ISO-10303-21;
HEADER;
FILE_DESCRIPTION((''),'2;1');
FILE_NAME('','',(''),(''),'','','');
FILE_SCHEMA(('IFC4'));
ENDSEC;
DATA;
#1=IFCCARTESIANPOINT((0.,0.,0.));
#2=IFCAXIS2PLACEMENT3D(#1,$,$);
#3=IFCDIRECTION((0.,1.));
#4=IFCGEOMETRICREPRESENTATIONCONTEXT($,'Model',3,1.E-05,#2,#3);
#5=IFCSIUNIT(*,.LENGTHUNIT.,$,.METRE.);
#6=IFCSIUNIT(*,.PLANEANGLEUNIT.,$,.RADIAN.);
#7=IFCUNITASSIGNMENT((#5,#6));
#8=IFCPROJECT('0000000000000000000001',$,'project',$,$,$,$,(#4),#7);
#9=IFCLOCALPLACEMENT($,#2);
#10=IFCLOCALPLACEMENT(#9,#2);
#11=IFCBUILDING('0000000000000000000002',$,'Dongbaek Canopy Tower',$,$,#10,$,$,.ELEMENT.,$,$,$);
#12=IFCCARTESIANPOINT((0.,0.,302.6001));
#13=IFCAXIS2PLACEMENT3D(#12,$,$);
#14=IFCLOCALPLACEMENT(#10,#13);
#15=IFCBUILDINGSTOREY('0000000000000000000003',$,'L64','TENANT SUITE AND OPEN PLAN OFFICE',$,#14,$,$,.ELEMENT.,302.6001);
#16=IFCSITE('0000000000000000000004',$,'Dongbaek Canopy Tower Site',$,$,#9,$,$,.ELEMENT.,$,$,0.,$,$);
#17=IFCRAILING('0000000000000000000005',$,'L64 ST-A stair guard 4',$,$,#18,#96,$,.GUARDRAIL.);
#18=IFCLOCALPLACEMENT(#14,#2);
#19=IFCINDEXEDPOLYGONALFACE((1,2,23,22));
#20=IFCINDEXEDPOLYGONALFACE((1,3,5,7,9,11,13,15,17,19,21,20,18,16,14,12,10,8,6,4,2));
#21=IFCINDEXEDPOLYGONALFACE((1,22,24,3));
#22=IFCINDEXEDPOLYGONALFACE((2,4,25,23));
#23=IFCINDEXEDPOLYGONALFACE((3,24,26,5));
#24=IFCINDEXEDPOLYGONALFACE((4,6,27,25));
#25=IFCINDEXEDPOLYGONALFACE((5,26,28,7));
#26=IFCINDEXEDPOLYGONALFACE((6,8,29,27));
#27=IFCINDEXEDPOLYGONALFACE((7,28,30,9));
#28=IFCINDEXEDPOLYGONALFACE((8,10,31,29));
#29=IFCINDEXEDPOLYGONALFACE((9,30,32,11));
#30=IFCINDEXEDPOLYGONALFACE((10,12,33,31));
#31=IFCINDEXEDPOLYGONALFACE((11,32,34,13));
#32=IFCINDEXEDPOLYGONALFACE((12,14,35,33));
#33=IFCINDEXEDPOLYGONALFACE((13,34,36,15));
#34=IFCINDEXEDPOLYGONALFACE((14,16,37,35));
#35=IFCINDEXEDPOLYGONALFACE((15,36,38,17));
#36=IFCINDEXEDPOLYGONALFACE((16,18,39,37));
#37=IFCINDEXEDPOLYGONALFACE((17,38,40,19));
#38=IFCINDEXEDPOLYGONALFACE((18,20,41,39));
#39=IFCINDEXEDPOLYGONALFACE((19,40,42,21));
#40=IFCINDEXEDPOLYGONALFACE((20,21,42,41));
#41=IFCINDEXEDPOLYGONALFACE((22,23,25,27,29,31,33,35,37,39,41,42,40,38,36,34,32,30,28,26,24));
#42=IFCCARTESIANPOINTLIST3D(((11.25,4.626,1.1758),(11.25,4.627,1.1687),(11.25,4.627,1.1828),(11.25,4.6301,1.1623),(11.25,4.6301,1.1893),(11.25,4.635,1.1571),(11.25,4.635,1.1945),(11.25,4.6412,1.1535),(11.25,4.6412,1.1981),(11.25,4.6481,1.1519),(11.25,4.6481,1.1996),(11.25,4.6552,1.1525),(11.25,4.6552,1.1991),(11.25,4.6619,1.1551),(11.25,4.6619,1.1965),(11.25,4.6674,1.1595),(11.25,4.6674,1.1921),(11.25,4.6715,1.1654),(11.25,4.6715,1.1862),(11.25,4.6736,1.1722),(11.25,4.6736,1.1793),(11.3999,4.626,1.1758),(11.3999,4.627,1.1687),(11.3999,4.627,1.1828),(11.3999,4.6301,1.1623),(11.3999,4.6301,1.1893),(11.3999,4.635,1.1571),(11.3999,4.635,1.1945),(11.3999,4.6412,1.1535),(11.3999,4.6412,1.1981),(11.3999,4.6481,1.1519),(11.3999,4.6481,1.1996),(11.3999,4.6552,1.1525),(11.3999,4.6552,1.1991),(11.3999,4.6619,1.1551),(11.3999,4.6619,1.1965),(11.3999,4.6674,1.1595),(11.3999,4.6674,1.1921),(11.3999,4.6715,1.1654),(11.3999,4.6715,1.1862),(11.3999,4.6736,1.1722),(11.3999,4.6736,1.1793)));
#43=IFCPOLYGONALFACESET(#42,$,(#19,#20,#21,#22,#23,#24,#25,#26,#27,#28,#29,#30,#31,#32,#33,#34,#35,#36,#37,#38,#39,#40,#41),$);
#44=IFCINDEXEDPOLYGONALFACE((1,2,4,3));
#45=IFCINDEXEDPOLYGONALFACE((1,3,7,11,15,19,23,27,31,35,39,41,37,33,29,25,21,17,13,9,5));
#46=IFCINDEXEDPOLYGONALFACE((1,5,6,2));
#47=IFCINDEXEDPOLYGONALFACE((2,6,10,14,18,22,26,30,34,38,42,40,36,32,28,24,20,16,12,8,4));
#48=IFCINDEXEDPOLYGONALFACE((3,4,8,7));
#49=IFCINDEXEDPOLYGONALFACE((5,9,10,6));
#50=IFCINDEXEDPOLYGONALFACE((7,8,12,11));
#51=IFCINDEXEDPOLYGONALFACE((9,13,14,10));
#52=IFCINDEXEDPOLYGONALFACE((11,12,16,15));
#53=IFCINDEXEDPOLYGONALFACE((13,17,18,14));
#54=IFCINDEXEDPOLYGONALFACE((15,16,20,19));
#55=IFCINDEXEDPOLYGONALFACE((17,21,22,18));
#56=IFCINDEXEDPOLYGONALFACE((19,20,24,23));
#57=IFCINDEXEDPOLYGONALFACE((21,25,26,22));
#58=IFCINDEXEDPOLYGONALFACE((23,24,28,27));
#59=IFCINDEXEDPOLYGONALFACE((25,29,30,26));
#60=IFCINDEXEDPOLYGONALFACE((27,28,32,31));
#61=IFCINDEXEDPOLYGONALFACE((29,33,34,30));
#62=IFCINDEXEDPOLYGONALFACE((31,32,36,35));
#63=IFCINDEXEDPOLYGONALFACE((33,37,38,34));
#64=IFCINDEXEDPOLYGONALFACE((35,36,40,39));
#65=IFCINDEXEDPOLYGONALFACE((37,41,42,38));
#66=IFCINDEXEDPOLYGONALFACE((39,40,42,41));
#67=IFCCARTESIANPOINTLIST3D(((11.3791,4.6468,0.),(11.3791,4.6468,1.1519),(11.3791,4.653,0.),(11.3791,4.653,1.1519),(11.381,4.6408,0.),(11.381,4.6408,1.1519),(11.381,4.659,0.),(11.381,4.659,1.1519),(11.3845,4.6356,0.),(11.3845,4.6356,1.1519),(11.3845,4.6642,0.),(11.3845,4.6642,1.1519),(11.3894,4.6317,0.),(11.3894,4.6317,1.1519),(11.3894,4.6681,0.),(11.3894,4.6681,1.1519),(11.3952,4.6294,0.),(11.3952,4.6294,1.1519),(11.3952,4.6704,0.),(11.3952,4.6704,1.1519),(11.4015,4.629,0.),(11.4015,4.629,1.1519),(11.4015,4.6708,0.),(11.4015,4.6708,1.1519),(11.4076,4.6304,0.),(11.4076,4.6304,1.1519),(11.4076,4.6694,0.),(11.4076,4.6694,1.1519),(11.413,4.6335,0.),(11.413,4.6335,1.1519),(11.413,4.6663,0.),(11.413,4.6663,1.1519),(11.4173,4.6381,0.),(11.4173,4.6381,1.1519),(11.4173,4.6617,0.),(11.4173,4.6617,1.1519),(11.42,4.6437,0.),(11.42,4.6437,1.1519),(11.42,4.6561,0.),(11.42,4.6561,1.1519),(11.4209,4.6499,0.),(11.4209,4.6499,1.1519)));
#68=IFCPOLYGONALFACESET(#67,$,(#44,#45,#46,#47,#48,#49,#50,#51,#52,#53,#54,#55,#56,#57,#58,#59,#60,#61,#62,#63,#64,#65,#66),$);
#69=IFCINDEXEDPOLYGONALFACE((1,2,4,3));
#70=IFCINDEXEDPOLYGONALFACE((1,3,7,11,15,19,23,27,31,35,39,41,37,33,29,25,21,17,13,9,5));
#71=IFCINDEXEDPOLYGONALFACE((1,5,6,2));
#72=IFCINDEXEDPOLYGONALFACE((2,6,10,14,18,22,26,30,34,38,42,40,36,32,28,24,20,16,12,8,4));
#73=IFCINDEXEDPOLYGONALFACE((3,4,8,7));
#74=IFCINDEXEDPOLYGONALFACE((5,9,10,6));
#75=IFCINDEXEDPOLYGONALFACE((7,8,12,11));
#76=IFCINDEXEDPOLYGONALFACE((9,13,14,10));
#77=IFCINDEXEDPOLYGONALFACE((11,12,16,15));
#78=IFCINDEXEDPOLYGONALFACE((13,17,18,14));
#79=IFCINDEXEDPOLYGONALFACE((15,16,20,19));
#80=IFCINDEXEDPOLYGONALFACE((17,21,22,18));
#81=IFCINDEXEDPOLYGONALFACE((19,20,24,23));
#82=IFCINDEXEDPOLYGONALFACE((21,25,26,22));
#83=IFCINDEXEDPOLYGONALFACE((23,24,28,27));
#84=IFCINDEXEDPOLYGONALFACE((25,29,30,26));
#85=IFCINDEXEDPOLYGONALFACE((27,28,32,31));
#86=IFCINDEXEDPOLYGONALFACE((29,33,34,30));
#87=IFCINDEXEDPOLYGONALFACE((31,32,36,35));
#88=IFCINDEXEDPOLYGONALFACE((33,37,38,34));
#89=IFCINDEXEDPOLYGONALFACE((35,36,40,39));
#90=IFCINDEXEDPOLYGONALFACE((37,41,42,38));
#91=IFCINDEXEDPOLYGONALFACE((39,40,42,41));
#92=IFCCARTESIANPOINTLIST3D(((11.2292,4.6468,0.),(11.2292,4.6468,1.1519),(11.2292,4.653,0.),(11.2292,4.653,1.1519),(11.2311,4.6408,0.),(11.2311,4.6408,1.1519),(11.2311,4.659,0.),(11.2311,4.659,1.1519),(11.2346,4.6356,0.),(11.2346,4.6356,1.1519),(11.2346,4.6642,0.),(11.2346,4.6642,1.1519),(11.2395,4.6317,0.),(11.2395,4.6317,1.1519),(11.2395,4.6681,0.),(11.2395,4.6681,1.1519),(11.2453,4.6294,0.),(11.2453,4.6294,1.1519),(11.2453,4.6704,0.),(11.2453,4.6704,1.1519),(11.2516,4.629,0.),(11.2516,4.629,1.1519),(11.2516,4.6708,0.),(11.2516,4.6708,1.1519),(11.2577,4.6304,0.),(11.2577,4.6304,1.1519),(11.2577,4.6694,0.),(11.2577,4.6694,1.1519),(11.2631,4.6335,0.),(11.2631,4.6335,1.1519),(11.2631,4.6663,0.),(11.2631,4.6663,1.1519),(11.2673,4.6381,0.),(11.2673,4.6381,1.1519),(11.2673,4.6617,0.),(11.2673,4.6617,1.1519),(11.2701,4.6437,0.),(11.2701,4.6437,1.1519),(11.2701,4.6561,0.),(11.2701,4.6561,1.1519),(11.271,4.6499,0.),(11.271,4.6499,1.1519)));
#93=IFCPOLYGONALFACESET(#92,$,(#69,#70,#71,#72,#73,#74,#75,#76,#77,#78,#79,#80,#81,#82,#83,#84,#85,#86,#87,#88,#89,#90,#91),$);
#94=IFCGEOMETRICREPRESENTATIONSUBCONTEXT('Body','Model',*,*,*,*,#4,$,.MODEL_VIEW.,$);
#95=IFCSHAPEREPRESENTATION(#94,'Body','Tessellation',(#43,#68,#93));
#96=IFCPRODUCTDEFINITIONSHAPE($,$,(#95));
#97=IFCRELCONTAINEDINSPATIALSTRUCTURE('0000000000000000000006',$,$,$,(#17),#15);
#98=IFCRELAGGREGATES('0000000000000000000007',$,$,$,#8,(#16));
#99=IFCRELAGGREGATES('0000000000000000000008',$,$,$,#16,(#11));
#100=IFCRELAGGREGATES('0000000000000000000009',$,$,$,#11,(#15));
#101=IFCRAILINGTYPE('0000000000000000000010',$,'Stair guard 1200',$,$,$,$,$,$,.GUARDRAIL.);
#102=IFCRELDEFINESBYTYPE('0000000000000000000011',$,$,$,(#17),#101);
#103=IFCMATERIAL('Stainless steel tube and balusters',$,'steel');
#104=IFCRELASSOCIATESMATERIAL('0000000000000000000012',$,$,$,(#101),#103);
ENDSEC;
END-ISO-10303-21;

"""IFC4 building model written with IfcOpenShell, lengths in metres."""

from ifc_helpers import new_model, si_unit, direction, frame, origin, origin_2d, place, context, subcontext, project, spatial, circle, extrude, material, type_object, element, save


model = new_model("IFC4")

# Units and contexts
model_context = context("Model", 3, precision=1e-05, world=origin(), true_north=direction((0.0, 1.0)))
body_context = subcontext(model_context, "Body", "Model", "MODEL_VIEW")
ifc_project = project(units=[si_unit("LENGTHUNIT", "METRE"), si_unit("PLANEANGLEUNIT", "RADIAN")], contexts=[model_context])

# Site, building, storey
site_placement = place(None, origin())
site = spatial("IfcSite", under=ifc_project, at=site_placement, Name="Dongbaek Canopy Tower Site", CompositionType="ELEMENT", RefElevation=0.0)
building_placement = place(site_placement, origin())
building = spatial("IfcBuilding", under=site, at=building_placement, Name="Dongbaek Canopy Tower", CompositionType="ELEMENT")
storey_placement = place(building_placement, frame((0.0, 0.0, 302.6001)))
storey = spatial("IfcBuildingStorey", under=building, at=storey_placement, Name="L64", Description="TENANT SUITE AND OPEN PLAN OFFICE", CompositionType="ELEMENT", Elevation=302.6001)

# Railing
ifc_material_1 = material(Name="Stainless steel tube and balusters", Category="steel")
railing_type_1 = type_object("IfcRailingType", Name="Stair guard 1200", PredefinedType="GUARDRAIL", material=ifc_material_1)
railing_1_placement = place(storey_placement, frame((11.3999, 4.6499, 0.0)))
element("IfcRailing", 1, at=railing_1_placement, inside=storey, type_object=railing_type_1, Name="L64 ST-A stair guard 4", PredefinedType="GUARDRAIL", context=body_context, shape_type="SweptSolid", body=[
    extrude(circle(Radius=0.0239, at=origin_2d()), frame((0.0, 0.0, 1.1758), z_axis=(-1.0, 0.0, 0.0), x_axis=(0.0, -1.0, 0.0)), (0.0, 0.0, 1.0), 0.1499),
    extrude(circle(Radius=0.021, at=origin_2d()), origin(), (0.0, 0.0, 1.0), 1.1519),
    extrude(circle(Radius=0.021, at=origin_2d()), frame((-0.1499, 0.0, 0.0)), (0.0, 0.0, 1.0), 1.1519),
])

save(model, "model.ifc")
